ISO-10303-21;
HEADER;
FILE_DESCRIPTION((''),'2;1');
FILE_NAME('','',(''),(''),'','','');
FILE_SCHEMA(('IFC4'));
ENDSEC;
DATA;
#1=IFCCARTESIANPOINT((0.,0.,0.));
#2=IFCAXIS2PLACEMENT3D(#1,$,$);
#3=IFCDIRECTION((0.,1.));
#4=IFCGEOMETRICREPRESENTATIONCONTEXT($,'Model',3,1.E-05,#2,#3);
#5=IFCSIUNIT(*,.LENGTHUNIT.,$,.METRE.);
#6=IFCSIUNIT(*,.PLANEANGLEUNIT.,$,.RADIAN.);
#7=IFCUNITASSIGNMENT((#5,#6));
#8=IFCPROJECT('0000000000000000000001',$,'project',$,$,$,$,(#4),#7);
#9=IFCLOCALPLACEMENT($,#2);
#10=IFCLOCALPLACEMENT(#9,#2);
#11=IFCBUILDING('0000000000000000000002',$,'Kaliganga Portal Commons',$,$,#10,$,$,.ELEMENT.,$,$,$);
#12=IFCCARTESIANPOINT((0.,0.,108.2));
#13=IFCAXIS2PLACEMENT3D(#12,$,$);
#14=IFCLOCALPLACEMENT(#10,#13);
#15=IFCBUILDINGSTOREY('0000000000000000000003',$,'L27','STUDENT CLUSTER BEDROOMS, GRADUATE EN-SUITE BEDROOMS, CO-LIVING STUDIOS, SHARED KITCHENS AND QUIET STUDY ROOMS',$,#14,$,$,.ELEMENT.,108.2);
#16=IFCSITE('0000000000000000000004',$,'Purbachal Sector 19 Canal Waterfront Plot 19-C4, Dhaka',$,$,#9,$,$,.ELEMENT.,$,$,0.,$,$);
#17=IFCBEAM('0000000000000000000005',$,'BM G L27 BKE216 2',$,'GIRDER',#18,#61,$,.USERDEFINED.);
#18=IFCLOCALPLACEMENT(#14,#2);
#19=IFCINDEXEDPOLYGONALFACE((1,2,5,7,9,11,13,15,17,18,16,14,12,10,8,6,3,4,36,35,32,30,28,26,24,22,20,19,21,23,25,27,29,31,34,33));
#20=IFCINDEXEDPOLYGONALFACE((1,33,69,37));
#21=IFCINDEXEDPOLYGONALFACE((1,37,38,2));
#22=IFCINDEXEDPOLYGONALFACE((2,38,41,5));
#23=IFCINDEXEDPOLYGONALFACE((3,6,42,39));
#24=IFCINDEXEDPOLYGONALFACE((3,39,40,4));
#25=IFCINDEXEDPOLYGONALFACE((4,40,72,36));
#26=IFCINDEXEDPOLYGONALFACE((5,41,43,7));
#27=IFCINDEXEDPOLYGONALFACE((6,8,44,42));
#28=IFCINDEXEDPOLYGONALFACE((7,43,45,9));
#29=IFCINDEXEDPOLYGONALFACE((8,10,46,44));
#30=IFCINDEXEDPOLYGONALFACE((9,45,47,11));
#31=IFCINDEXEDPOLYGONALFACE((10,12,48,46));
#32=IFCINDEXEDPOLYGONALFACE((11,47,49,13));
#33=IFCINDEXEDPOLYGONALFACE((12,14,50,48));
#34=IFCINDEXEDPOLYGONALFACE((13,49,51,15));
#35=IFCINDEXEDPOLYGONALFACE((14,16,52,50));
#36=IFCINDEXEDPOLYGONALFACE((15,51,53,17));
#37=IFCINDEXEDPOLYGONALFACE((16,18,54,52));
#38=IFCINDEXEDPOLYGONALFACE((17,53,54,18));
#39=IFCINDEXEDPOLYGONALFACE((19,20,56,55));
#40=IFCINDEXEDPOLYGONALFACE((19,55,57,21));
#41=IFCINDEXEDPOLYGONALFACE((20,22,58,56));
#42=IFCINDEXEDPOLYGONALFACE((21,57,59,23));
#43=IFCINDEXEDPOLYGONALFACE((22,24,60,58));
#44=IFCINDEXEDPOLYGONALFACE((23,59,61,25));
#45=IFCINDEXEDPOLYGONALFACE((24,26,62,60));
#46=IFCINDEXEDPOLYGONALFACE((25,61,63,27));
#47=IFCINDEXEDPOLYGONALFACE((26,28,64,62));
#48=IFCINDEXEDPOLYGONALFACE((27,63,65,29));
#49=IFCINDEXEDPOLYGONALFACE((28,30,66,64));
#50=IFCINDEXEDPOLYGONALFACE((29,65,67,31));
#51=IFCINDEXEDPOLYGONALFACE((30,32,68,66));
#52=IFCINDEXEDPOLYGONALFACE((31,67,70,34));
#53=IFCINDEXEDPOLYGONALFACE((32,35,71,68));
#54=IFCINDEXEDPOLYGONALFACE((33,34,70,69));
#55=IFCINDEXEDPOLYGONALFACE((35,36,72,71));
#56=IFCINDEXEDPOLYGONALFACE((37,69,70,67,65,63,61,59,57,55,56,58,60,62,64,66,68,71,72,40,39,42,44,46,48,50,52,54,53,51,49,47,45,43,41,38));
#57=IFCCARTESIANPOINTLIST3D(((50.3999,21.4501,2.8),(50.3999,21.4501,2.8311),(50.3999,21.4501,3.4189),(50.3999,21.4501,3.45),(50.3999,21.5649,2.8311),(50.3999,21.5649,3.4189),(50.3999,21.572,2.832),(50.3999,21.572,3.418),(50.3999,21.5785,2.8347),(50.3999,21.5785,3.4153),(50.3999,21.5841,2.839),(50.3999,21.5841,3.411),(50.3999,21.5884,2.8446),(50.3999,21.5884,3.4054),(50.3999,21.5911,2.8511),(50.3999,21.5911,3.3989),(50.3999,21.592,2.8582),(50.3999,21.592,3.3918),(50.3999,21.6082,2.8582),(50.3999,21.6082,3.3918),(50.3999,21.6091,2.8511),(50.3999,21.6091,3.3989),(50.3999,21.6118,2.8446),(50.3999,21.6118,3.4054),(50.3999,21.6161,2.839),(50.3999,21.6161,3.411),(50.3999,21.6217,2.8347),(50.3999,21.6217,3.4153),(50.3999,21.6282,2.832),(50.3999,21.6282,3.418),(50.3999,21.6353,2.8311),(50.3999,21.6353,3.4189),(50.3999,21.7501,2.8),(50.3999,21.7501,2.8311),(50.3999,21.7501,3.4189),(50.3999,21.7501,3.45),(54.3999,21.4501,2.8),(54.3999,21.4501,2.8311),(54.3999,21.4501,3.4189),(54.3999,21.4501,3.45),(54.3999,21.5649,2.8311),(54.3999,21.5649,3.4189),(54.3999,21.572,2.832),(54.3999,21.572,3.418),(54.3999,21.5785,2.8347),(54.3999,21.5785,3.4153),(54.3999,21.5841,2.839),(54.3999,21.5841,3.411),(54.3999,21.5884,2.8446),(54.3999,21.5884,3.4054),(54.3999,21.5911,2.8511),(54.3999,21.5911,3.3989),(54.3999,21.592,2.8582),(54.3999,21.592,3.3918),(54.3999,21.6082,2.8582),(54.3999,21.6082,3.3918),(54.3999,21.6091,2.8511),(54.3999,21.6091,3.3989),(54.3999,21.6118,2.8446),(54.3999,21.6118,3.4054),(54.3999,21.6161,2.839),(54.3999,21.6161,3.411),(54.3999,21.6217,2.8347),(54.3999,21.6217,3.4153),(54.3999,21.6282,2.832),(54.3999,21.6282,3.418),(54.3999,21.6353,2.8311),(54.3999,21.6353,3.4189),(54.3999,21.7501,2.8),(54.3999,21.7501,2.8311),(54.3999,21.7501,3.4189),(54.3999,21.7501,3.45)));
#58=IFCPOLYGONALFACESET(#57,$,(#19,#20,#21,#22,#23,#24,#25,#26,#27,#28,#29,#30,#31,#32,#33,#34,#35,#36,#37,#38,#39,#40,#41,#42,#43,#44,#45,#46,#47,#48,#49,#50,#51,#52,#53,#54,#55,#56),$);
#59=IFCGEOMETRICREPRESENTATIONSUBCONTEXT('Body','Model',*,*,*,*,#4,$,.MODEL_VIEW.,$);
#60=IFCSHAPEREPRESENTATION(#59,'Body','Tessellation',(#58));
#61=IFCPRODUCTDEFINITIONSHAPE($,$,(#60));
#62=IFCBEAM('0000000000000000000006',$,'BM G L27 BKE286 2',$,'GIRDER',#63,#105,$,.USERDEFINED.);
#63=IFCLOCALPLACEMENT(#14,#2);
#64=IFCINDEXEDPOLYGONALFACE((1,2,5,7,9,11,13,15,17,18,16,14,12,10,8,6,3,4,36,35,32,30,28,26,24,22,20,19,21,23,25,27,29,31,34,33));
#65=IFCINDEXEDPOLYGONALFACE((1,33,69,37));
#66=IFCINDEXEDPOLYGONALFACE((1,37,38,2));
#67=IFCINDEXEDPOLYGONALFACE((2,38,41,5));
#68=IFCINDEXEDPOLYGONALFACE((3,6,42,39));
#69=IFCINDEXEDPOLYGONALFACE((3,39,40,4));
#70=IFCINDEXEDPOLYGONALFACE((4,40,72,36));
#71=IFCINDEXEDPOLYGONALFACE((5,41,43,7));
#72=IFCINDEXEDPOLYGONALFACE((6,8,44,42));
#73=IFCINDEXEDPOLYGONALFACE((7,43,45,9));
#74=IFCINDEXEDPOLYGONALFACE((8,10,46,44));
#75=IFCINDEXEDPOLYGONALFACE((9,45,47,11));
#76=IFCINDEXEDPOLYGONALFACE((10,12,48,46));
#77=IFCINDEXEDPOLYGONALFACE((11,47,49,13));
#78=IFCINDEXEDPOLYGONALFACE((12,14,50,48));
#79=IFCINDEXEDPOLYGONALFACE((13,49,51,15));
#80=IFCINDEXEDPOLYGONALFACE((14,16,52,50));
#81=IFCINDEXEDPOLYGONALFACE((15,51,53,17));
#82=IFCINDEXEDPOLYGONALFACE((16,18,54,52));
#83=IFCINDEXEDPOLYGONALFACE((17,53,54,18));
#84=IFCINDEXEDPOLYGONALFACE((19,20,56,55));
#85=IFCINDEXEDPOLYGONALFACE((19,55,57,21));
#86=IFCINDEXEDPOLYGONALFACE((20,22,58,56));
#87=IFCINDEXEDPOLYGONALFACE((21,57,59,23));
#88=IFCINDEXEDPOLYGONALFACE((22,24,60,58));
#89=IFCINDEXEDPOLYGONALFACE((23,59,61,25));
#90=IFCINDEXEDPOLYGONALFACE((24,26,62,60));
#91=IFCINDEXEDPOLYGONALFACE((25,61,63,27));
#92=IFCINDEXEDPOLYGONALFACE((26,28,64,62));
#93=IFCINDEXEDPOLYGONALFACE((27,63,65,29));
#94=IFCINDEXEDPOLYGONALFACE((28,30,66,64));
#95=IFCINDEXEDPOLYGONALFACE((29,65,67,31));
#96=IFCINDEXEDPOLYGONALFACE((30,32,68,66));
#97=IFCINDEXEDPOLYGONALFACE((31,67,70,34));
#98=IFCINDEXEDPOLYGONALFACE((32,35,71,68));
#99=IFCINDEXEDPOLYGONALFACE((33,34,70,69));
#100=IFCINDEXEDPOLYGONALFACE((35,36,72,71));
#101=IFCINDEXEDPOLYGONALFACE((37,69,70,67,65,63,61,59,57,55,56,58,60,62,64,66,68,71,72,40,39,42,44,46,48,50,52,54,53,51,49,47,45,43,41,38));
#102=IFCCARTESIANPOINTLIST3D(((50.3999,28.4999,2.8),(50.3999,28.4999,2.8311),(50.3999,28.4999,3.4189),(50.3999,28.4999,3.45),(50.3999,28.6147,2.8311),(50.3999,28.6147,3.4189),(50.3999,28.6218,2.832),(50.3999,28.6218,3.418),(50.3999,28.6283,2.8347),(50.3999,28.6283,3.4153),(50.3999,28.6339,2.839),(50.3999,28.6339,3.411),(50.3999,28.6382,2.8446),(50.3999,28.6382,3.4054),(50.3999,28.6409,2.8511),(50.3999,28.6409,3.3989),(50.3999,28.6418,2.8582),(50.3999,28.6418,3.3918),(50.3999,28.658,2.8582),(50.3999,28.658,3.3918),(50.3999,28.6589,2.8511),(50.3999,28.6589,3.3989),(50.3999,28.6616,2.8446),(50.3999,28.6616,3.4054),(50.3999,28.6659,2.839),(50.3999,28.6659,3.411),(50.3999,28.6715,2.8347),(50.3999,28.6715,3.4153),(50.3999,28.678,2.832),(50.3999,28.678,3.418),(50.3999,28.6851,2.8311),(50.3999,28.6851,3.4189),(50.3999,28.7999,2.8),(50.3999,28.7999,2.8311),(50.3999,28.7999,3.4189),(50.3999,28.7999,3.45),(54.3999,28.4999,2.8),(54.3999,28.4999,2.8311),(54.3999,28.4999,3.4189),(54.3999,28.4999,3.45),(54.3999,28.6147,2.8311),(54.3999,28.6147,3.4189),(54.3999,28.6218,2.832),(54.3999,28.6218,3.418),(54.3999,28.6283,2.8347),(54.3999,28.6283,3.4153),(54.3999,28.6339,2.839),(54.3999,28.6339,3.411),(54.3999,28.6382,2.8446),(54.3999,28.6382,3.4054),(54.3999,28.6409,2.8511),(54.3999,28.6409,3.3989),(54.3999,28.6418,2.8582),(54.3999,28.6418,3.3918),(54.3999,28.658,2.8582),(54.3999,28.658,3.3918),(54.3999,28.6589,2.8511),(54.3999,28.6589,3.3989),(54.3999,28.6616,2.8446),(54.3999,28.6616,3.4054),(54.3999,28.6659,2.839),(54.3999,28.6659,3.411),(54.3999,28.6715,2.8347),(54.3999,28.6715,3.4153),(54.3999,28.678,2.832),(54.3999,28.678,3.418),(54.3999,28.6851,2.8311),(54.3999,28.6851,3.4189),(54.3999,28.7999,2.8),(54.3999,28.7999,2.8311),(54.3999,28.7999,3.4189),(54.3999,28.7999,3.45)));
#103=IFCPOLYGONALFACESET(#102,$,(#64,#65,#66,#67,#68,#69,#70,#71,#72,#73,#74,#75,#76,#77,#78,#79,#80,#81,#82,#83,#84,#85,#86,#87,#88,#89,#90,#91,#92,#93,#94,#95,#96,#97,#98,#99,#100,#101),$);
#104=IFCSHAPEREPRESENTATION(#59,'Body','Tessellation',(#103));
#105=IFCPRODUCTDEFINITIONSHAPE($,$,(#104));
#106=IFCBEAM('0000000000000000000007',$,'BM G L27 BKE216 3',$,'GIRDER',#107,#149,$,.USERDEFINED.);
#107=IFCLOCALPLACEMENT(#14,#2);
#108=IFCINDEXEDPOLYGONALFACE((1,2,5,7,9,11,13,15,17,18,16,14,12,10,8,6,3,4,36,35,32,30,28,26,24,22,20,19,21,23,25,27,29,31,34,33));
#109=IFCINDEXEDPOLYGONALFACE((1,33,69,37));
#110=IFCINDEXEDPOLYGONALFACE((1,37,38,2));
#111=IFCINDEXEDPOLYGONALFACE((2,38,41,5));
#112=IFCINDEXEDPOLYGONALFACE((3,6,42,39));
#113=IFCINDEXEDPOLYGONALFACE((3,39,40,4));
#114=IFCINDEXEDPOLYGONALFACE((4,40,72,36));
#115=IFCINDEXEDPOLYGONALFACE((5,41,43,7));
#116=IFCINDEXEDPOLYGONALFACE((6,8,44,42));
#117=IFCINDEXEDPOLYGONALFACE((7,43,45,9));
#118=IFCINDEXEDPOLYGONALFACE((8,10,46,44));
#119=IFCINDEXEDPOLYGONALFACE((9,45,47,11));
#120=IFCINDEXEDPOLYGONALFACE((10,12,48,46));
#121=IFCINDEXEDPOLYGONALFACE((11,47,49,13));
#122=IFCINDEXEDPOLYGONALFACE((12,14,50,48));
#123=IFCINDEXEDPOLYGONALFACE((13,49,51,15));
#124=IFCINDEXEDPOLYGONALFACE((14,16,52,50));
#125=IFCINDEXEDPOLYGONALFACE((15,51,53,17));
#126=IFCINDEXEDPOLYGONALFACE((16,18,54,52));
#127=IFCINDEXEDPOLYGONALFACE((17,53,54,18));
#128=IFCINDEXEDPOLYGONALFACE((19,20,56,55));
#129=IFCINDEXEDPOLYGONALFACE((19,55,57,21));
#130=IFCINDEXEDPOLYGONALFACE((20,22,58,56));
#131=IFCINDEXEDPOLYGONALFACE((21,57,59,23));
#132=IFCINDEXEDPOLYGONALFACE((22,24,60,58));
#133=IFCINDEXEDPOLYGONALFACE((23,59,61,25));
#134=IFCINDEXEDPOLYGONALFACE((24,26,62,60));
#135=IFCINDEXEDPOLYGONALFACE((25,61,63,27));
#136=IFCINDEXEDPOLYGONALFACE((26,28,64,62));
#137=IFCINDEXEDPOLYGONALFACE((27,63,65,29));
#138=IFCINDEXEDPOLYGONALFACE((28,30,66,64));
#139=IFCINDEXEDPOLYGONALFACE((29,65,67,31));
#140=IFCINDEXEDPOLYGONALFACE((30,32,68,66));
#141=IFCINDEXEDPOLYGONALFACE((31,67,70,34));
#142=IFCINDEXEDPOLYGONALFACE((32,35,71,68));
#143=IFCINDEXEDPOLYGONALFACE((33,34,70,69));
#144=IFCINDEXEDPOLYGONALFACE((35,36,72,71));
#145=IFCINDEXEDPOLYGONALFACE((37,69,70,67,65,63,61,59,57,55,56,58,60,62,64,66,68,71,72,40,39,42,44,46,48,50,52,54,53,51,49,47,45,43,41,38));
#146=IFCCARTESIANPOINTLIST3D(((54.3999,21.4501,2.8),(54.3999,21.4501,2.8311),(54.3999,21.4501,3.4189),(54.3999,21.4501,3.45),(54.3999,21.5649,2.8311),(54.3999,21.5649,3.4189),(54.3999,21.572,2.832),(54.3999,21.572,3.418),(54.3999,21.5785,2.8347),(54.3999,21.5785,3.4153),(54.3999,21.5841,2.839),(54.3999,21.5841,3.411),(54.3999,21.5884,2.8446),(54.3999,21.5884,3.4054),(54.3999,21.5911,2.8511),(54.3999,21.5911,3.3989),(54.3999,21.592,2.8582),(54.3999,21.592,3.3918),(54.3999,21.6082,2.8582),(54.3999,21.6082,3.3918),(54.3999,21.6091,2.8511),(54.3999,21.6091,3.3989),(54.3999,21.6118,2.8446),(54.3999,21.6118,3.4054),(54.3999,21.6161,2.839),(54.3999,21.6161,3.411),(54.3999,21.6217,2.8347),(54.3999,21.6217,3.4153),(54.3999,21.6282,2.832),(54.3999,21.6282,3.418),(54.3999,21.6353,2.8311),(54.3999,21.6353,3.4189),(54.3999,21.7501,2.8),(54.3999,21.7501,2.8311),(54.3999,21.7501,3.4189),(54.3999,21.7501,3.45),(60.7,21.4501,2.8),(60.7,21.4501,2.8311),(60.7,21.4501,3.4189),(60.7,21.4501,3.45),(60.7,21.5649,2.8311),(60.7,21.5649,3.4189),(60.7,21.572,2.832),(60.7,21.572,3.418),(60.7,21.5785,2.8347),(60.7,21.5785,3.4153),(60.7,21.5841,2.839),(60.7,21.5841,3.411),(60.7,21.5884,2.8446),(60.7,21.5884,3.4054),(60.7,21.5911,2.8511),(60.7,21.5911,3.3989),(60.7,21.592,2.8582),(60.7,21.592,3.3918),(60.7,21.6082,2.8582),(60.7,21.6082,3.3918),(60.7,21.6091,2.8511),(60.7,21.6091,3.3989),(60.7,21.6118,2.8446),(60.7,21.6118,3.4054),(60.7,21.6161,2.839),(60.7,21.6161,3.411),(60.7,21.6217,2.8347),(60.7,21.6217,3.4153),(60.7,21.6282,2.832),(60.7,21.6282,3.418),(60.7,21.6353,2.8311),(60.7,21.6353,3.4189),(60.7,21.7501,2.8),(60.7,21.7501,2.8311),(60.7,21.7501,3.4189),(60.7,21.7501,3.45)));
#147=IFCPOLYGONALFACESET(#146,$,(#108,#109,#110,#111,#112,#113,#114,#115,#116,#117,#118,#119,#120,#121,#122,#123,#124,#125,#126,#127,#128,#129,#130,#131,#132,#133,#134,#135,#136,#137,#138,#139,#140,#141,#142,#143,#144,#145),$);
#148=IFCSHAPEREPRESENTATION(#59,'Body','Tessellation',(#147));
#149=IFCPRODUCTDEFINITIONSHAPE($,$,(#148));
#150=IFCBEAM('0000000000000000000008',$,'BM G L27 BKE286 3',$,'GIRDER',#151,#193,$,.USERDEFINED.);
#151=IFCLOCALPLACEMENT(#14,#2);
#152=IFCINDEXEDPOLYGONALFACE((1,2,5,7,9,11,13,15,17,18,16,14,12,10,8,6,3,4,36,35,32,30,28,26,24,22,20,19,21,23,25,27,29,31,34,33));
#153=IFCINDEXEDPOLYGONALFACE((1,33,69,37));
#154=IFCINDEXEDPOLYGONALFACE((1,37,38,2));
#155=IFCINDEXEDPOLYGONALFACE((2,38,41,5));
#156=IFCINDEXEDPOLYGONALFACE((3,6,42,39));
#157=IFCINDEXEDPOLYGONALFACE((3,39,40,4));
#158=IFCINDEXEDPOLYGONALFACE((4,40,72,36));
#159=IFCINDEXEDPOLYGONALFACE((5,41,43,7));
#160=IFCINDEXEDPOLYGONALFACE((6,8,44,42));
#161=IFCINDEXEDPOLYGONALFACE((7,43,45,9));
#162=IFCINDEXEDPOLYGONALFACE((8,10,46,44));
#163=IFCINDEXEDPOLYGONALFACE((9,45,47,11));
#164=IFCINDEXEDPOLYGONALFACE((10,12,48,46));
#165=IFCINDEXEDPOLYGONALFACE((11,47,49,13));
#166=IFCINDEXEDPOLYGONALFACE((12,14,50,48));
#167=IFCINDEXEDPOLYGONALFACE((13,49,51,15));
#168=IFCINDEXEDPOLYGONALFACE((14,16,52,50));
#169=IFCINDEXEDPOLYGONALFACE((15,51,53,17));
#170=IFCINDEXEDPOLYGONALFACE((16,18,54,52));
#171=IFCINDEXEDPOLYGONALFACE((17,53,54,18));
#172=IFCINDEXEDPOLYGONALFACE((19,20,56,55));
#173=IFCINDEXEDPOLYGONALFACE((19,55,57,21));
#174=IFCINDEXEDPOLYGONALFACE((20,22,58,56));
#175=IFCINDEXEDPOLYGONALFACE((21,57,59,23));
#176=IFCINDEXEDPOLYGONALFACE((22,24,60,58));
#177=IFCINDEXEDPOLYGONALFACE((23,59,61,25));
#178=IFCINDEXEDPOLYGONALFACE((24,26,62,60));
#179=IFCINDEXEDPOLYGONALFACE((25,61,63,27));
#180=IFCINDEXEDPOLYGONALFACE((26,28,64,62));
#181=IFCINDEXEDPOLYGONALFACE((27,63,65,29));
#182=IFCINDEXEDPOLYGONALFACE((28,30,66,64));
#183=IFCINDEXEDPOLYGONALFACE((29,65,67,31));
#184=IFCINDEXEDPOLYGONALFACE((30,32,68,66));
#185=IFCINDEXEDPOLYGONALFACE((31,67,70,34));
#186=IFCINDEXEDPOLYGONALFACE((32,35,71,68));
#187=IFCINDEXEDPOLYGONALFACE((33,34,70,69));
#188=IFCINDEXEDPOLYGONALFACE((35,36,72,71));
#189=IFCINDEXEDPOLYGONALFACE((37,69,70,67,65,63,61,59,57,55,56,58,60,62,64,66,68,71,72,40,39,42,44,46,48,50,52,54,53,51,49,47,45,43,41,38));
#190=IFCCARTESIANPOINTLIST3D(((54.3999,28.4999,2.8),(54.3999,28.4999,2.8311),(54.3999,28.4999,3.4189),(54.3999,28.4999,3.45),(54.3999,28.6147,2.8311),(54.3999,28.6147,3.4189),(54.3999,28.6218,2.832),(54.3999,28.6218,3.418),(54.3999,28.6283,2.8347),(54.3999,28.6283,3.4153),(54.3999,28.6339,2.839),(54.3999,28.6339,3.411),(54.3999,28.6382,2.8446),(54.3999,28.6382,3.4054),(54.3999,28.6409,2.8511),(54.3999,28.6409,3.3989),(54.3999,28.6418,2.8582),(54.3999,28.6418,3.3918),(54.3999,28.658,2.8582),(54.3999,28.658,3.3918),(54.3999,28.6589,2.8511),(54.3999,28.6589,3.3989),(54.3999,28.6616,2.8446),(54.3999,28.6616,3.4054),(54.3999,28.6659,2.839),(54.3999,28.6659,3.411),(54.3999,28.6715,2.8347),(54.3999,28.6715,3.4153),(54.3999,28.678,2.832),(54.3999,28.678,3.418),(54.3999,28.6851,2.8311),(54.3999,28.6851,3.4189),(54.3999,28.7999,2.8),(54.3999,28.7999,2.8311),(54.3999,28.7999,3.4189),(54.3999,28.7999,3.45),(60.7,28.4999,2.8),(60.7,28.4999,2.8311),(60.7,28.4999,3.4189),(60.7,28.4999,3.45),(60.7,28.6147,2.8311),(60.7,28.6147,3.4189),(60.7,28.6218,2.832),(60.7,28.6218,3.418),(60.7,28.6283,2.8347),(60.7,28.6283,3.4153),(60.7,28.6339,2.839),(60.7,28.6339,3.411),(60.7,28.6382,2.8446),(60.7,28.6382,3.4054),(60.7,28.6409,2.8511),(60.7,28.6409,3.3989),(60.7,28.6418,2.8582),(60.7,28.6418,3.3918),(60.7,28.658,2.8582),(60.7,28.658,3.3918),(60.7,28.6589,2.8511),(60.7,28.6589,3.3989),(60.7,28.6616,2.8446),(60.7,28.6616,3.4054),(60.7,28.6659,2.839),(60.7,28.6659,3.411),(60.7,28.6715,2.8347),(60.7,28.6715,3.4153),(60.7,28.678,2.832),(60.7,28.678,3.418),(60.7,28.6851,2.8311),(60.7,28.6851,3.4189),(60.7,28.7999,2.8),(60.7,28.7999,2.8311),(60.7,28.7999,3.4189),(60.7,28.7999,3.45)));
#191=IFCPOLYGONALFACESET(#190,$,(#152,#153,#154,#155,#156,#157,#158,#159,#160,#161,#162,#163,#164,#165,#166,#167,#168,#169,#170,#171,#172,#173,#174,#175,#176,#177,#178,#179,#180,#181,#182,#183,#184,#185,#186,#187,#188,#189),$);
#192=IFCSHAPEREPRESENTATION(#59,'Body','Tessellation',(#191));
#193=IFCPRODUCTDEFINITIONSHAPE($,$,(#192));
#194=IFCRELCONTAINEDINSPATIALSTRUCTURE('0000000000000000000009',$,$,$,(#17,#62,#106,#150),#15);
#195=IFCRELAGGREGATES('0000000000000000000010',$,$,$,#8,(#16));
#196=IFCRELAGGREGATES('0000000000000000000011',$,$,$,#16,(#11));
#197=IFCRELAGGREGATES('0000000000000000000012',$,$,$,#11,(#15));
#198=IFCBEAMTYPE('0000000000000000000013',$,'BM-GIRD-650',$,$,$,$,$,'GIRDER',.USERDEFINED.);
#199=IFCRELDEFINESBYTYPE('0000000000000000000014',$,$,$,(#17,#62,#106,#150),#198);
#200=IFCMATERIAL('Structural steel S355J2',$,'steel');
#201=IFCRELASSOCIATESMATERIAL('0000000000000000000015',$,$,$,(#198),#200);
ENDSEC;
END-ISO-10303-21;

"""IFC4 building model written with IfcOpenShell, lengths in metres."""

from ifc_helpers import new_model, si_unit, direction, frame, origin, origin_2d, place, context, subcontext, project, spatial, i_section, extrude, source, transform, mapped, material, material_profile, profile_set, type_object, element, save


model = new_model("IFC4")

# Units and contexts
model_context = context("Model", 3, precision=1e-05, world=origin(), true_north=direction((0.0, 1.0)))
body_context = subcontext(model_context, "Body", "Model", "MODEL_VIEW")
ifc_project = project(units=[si_unit("LENGTHUNIT", "METRE"), si_unit("PLANEANGLEUNIT", "RADIAN")], contexts=[model_context])

# Site, building, storey
site_placement = place(None, origin())
site = spatial("IfcSite", under=ifc_project, at=site_placement, Name="Purbachal Sector 19 Canal Waterfront Plot 19-C4, Dhaka", CompositionType="ELEMENT", RefElevation=0.0)
building_placement = place(site_placement, origin())
building = spatial("IfcBuilding", under=site, at=building_placement, Name="Kaliganga Portal Commons", CompositionType="ELEMENT")
storey_placement = place(building_placement, frame((0.0, 0.0, 108.2)))
storey = spatial("IfcBuildingStorey", under=building, at=storey_placement, Name="L27", Description="STUDENT CLUSTER BEDROOMS, GRADUATE EN-SUITE BEDROOMS, CO-LIVING STUDIOS, SHARED KITCHENS AND QUIET STUDY ROOMS", CompositionType="ELEMENT", Elevation=108.2)

# Beams
ifc_material_1 = material(Name="Structural steel S355J2", Category="steel")
ifc_material_profile_1 = material_profile(ifc_material_1, i_section(OverallWidth=0.3, OverallDepth=0.6499, WebThickness=0.0161, FlangeThickness=0.031, FilletRadius=0.0271, at=origin_2d()), Name="HE 650 B")
ifc_profile_set_1 = profile_set([ifc_material_profile_1], Name="Structural steel S355J2 wide-flange")
beam_type_1 = type_object("IfcBeamType", Name="BM-GIRD-650", ElementType="GIRDER", PredefinedType="USERDEFINED", material=ifc_profile_set_1)
shared_shape_1 = source(origin(), body_context, "Body", "SweptSolid", [
    extrude(i_section(OverallWidth=0.3, OverallDepth=0.6499, WebThickness=0.0161, FlangeThickness=0.031, FilletRadius=0.0271, at=origin_2d()), origin(), (0.0, 0.0, 1.0), 4.0),
])
for number, where, z_axis, x_axis, name in (
    (1, (50.3999, 21.6001, 3.125), (1.0, 0.0, 0.0), (0.0, 1.0, 0.0), "BM G L27 BKE216 2"),
    (2, (50.3999, 28.6499, 3.125), (1.0, 0.0, 0.0), (0.0, 1.0, 0.0), "BM G L27 BKE286 2"),
):
    element("IfcBeam", number, at=place(storey_placement, frame(where, z_axis=z_axis, x_axis=x_axis)), inside=storey, type_object=beam_type_1, Name=name, ObjectType="GIRDER", PredefinedType="USERDEFINED", context=body_context, shape_type="MappedRepresentation", body=[
        mapped(shared_shape_1, transform((0.0, 0.0, 0.0), x_axis=(1.0, 0.0, 0.0), y_axis=(0.0, 1.0, 0.0), z_axis=(0.0, 0.0, 1.0), scale=1.0)),
    ])
shared_shape_2 = source(origin(), body_context, "Body", "SweptSolid", [
    extrude(i_section(OverallWidth=0.3, OverallDepth=0.6499, WebThickness=0.0161, FlangeThickness=0.031, FilletRadius=0.0271, at=origin_2d()), origin(), (0.0, 0.0, 1.0), 6.3),
])
for number, where, z_axis, x_axis, name in (
    (3, (54.3999, 21.6001, 3.125), (1.0, 0.0, 0.0), (0.0, 1.0, 0.0), "BM G L27 BKE216 3"),
    (4, (54.3999, 28.6499, 3.125), (1.0, 0.0, 0.0), (0.0, 1.0, 0.0), "BM G L27 BKE286 3"),
):
    element("IfcBeam", number, at=place(storey_placement, frame(where, z_axis=z_axis, x_axis=x_axis)), inside=storey, type_object=beam_type_1, Name=name, ObjectType="GIRDER", PredefinedType="USERDEFINED", context=body_context, shape_type="MappedRepresentation", body=[
        mapped(shared_shape_2, transform((0.0, 0.0, 0.0), x_axis=(1.0, 0.0, 0.0), y_axis=(0.0, 1.0, 0.0), z_axis=(0.0, 0.0, 1.0), scale=1.0)),
    ])

save(model, "model.ifc")
